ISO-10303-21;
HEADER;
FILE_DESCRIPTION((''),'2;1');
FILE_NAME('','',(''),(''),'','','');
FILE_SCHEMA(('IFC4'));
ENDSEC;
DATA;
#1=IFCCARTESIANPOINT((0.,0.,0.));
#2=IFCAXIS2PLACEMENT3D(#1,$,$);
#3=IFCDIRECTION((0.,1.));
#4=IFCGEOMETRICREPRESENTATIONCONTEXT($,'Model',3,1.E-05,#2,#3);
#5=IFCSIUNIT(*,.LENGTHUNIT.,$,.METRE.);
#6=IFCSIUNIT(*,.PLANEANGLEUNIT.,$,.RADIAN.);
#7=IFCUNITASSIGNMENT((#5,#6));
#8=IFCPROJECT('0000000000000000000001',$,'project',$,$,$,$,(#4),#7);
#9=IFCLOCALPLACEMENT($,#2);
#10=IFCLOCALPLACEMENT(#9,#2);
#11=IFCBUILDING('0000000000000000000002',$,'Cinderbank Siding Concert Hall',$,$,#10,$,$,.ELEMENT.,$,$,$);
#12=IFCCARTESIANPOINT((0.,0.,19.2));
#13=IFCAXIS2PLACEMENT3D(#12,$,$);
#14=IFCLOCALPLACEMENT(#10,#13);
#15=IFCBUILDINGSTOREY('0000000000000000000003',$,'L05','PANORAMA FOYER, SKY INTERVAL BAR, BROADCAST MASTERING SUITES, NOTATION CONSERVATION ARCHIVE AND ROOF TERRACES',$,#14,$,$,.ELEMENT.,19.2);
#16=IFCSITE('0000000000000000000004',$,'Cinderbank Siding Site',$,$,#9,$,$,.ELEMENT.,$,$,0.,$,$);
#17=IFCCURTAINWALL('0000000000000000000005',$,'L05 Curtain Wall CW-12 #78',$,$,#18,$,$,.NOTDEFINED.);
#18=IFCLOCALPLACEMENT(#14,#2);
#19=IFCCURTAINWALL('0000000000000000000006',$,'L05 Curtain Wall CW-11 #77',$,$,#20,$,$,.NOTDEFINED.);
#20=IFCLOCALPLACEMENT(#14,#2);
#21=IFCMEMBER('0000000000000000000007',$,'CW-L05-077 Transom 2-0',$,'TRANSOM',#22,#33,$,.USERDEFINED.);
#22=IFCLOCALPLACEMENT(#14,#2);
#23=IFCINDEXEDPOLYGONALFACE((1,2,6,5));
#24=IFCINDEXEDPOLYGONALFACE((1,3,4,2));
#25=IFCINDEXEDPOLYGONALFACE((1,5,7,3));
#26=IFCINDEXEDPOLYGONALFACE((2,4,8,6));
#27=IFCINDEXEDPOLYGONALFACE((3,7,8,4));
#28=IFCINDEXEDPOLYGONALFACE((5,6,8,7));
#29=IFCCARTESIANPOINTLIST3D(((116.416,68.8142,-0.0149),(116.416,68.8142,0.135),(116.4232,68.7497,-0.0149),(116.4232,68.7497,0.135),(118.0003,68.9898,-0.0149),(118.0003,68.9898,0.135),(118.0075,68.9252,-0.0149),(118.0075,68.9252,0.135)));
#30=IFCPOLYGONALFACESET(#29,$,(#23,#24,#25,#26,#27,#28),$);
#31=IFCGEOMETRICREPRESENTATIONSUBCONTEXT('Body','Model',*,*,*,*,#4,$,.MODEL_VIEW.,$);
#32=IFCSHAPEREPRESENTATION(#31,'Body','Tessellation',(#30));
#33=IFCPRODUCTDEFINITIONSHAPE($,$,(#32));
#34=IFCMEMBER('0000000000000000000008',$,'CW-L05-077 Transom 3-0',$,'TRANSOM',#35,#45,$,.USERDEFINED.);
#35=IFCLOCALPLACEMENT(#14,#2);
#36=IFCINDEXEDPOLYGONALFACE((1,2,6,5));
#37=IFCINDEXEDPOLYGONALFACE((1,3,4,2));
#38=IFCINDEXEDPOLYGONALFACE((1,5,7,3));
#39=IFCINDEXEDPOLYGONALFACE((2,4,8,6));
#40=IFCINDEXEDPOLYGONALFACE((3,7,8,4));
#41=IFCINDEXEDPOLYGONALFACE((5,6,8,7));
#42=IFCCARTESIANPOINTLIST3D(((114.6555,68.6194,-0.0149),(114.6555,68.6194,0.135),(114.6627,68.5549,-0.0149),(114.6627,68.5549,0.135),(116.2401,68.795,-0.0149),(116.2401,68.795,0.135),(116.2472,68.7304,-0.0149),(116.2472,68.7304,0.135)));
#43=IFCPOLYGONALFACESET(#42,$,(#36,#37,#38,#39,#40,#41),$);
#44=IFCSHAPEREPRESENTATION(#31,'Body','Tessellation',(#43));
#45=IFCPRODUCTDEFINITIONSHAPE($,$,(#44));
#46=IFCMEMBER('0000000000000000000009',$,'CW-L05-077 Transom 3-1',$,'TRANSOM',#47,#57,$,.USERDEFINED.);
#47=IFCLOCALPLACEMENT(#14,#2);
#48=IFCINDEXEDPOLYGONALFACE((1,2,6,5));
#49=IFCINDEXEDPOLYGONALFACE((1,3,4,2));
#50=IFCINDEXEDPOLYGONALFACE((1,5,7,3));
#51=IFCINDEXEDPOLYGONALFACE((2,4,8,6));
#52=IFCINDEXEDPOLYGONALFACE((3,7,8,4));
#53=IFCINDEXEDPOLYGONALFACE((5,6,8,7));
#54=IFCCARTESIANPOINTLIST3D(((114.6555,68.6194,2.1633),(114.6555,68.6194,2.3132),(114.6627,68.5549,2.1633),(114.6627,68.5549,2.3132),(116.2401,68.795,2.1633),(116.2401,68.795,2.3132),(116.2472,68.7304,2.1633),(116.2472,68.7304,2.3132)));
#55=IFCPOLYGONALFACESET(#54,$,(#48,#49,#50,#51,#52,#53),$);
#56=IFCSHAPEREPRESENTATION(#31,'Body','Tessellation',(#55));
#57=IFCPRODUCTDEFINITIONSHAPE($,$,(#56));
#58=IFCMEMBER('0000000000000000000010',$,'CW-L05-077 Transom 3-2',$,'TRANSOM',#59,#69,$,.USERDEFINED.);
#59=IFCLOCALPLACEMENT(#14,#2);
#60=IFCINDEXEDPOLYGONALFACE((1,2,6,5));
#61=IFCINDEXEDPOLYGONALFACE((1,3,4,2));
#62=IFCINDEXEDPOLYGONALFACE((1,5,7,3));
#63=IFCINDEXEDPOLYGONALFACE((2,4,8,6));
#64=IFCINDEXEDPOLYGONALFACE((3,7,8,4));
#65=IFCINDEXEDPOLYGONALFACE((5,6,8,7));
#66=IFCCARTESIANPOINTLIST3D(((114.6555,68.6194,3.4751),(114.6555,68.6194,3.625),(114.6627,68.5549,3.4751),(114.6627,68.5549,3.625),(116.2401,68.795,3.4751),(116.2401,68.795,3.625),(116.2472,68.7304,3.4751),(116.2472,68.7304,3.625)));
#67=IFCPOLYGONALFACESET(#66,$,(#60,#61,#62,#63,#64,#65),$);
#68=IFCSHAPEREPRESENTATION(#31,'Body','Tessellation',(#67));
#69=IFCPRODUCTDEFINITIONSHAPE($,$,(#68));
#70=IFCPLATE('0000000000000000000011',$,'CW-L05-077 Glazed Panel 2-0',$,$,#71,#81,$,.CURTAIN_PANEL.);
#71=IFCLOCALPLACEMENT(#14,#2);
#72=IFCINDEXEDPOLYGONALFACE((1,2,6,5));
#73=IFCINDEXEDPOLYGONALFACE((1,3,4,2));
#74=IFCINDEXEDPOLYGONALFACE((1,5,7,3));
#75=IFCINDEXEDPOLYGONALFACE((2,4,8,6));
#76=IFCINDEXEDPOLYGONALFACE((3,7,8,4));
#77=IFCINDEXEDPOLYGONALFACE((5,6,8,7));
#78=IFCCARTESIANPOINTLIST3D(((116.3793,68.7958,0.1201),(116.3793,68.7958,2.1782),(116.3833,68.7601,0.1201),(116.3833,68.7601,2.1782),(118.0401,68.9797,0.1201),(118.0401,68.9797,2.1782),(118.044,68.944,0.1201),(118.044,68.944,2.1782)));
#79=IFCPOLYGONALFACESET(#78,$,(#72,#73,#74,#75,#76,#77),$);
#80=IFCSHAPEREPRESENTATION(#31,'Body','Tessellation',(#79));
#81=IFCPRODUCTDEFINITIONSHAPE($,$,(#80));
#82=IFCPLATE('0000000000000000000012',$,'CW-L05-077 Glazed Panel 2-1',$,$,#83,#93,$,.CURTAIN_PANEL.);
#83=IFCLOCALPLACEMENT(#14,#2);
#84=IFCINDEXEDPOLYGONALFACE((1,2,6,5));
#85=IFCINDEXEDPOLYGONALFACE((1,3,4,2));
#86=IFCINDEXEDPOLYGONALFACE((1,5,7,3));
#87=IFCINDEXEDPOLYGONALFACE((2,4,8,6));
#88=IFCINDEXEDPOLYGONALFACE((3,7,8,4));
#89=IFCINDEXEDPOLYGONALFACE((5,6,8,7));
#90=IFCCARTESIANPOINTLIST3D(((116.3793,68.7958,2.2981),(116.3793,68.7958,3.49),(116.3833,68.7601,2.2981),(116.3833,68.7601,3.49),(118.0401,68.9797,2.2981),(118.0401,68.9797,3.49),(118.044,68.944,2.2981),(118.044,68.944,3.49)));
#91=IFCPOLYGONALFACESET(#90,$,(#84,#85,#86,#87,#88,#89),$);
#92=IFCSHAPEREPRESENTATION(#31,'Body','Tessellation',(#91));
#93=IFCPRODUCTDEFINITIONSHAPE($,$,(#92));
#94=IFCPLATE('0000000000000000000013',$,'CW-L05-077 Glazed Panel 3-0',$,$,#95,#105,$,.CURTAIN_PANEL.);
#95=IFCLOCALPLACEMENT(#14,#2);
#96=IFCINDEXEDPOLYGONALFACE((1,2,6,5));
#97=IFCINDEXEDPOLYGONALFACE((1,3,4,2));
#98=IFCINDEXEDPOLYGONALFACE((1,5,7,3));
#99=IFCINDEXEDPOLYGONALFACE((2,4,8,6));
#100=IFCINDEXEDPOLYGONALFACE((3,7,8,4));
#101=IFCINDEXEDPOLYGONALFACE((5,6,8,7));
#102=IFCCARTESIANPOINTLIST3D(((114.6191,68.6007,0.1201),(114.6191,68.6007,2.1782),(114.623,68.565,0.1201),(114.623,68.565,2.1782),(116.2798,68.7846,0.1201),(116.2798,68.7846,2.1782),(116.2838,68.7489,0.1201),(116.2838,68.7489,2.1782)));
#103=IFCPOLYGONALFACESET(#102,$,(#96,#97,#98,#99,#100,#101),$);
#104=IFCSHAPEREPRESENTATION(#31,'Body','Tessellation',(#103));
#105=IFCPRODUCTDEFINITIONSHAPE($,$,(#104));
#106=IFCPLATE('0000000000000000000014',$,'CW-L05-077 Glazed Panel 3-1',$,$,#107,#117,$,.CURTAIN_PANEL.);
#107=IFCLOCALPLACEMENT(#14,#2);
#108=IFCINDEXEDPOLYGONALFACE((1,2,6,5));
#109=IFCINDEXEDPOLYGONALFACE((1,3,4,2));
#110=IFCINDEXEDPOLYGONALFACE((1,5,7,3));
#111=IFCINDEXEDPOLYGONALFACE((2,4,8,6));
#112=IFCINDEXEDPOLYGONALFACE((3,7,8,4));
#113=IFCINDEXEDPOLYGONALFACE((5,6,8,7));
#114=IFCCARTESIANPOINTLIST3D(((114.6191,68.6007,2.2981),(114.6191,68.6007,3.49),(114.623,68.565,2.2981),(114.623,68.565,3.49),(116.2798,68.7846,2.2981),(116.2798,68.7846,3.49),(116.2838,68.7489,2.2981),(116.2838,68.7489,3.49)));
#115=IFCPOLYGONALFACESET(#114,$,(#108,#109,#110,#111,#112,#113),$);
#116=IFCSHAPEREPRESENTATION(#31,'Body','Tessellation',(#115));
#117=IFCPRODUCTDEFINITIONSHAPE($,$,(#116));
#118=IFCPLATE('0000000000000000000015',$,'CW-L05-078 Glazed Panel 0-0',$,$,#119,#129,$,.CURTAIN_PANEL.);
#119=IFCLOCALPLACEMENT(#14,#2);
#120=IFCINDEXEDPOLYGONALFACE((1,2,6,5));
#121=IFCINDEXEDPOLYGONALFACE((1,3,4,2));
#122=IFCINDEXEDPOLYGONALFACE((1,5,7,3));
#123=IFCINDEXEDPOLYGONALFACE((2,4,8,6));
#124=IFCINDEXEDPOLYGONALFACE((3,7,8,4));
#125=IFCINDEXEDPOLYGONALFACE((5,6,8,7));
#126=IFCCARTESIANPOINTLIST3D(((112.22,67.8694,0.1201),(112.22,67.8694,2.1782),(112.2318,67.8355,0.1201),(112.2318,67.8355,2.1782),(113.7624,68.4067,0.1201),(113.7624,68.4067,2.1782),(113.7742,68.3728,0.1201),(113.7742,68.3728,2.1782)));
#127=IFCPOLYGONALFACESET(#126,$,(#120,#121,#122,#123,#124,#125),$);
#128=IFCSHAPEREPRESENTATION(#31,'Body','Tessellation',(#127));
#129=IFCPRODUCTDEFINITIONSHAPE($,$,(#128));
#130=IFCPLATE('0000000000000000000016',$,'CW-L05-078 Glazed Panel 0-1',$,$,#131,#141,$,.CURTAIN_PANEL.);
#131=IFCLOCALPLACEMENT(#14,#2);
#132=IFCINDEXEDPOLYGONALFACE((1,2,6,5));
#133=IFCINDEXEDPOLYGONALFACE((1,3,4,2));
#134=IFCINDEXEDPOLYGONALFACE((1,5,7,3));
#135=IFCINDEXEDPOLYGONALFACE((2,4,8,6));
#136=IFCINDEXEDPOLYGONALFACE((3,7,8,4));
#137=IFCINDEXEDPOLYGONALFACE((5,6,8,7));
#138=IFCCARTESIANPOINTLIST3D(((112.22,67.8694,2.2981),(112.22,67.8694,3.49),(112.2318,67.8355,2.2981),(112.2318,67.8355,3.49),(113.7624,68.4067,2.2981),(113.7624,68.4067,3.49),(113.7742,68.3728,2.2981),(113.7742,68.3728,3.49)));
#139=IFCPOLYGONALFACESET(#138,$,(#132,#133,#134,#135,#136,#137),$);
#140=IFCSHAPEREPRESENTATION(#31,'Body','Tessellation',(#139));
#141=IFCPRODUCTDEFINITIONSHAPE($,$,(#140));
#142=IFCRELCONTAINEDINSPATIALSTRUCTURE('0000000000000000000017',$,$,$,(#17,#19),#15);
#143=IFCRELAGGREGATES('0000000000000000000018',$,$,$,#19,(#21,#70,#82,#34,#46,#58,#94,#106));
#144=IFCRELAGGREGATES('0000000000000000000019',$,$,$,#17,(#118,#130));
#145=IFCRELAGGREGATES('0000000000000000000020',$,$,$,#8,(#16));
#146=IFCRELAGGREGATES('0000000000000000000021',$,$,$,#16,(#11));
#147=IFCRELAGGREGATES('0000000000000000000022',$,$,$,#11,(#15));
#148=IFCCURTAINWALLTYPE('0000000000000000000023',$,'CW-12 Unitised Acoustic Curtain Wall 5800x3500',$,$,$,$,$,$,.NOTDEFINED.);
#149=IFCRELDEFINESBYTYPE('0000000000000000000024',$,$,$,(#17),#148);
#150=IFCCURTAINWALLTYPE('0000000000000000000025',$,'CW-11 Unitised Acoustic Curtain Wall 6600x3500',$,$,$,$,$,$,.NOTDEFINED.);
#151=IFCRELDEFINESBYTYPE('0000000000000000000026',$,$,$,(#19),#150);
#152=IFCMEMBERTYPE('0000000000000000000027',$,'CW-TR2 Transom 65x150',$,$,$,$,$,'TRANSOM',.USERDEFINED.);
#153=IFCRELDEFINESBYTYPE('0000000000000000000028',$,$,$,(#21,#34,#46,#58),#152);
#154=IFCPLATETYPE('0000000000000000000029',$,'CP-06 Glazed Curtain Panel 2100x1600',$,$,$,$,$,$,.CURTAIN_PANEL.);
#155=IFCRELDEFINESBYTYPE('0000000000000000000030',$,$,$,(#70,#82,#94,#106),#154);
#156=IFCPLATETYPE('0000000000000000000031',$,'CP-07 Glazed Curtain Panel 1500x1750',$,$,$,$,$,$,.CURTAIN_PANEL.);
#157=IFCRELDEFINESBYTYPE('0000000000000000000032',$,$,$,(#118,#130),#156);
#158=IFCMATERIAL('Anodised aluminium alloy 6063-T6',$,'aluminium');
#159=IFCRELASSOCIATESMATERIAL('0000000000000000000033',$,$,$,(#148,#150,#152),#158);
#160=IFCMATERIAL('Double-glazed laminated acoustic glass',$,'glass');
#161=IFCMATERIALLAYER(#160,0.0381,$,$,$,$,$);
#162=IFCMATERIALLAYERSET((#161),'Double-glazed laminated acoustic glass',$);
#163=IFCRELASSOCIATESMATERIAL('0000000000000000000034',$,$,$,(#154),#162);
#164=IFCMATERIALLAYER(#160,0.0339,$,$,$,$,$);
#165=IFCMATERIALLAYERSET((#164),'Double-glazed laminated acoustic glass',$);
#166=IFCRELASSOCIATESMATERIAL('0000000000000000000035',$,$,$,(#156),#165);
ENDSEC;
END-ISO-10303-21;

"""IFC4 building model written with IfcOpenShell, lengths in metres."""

from ifc_helpers import new_model, si_unit, direction, frame, origin, origin_2d, place, context, subcontext, project, spatial, rectangle, extrude, material, layer, layer_set, material_profile, profile_set, type_object, element, aggregate, save


model = new_model("IFC4")

# Units and contexts
model_context = context("Model", 3, precision=1e-05, world=origin(), true_north=direction((0.0, 1.0)))
body_context = subcontext(model_context, "Body", "Model", "MODEL_VIEW")
ifc_project = project(units=[si_unit("LENGTHUNIT", "METRE"), si_unit("PLANEANGLEUNIT", "RADIAN")], contexts=[model_context])

# Site, building, storey
site_placement = place(None, origin())
site = spatial("IfcSite", under=ifc_project, at=site_placement, Name="Cinderbank Siding Site", CompositionType="ELEMENT", RefElevation=0.0)
building_placement = place(site_placement, origin())
building = spatial("IfcBuilding", under=site, at=building_placement, Name="Cinderbank Siding Concert Hall", CompositionType="ELEMENT")
storey_placement = place(building_placement, frame((0.0, 0.0, 19.2)))
storey = spatial("IfcBuildingStorey", under=building, at=storey_placement, Name="L05", Description="PANORAMA FOYER, SKY INTERVAL BAR, BROADCAST MASTERING SUITES, NOTATION CONSERVATION ARCHIVE AND ROOF TERRACES", CompositionType="ELEMENT", Elevation=19.2)

# Curtain walls
ifc_material_1 = material(Name="Anodised aluminium alloy 6063-T6", Category="aluminium")
curtain_wall_type_1 = type_object("IfcCurtainWallType", Name="CW-12 Unitised Acoustic Curtain Wall 5800x3500", PredefinedType="NOTDEFINED", material=ifc_material_1)
curtain_wall_1_placement = place(storey_placement, origin())
curtain_wall_1 = element("IfcCurtainWall", 1, at=curtain_wall_1_placement, inside=storey, type_object=curtain_wall_type_1, Name="L05 Curtain Wall CW-12 #78", PredefinedType="NOTDEFINED")
curtain_wall_type_2 = type_object("IfcCurtainWallType", Name="CW-11 Unitised Acoustic Curtain Wall 6600x3500", PredefinedType="NOTDEFINED", material=ifc_material_1)
curtain_wall_2_placement = place(storey_placement, origin())
curtain_wall_2 = element("IfcCurtainWall", 2, at=curtain_wall_2_placement, inside=storey, type_object=curtain_wall_type_2, Name="L05 Curtain Wall CW-11 #77", PredefinedType="NOTDEFINED")

# Members
ifc_material_profile_1 = material_profile(ifc_material_1, rectangle(XDim=0.0649, YDim=0.1499, at=origin_2d()), Name="ALU-TRAN-65x150", Category="LoadBearing")
ifc_profile_set_1 = profile_set([ifc_material_profile_1], Name="Anodised aluminium alloy 6063-T6")
member_type_1 = type_object("IfcMemberType", Name="CW-TR2 Transom 65x150", ElementType="TRANSOM", PredefinedType="USERDEFINED", material=ifc_profile_set_1)
member_1_placement = place(storey_placement, frame((118.0039, 68.9575, 0.0601), z_axis=(-0.993917, -0.110129, 0.0), x_axis=(0.110129, -0.993917, 0.0)))
member_1 = element("IfcMember", 3, at=member_1_placement, type_object=member_type_1, Name="CW-L05-077 Transom 2-0", ObjectType="TRANSOM", PredefinedType="USERDEFINED", context=body_context, shape_type="SweptSolid", body=[
    extrude(rectangle(XDim=0.0649, YDim=0.1499, at=origin_2d()), origin(), (0.0, 0.0, 1.0), 1.594),
])
member_2_placement = place(storey_placement, frame((116.2437, 68.7627, 0.0601), z_axis=(-0.993919, -0.110112, 0.0), x_axis=(0.110112, -0.993919, 0.0)))
member_2 = element("IfcMember", 4, at=member_2_placement, type_object=member_type_1, Name="CW-L05-077 Transom 3-0", ObjectType="TRANSOM", PredefinedType="USERDEFINED", context=body_context, shape_type="SweptSolid", body=[
    extrude(rectangle(XDim=0.0649, YDim=0.1499, at=origin_2d()), origin(), (0.0, 0.0, 1.0), 1.5942),
])
member_3_placement = place(storey_placement, frame((116.2437, 68.7627, 2.2383), z_axis=(-0.993919, -0.110112, 0.0), x_axis=(0.110112, -0.993919, 0.0)))
member_3 = element("IfcMember", 5, at=member_3_placement, type_object=member_type_1, Name="CW-L05-077 Transom 3-1", ObjectType="TRANSOM", PredefinedType="USERDEFINED", context=body_context, shape_type="SweptSolid", body=[
    extrude(rectangle(XDim=0.0649, YDim=0.1499, at=origin_2d()), origin(), (0.0, 0.0, 1.0), 1.5942),
])
member_4_placement = place(storey_placement, frame((116.2437, 68.7627, 3.55), z_axis=(-0.993919, -0.110112, 0.0), x_axis=(0.110112, -0.993919, 0.0)))
member_4 = element("IfcMember", 6, at=member_4_placement, type_object=member_type_1, Name="CW-L05-077 Transom 3-2", ObjectType="TRANSOM", PredefinedType="USERDEFINED", context=body_context, shape_type="SweptSolid", body=[
    extrude(rectangle(XDim=0.0649, YDim=0.1499, at=origin_2d()), origin(), (0.0, 0.0, 1.0), 1.5942),
])

# Plates
ifc_material_2 = material(Name="Double-glazed laminated acoustic glass", Category="glass")
ifc_layer_1 = layer(ifc_material_2, 0.0381)
ifc_layer_set_1 = layer_set([ifc_layer_1], Name="Double-glazed laminated acoustic glass")
plate_type_1 = type_object("IfcPlateType", Name="CP-06 Glazed Curtain Panel 2100x1600", PredefinedType="CURTAIN_PANEL", material=ifc_layer_set_1)
plate_1_placement = place(storey_placement, frame((117.2117, 68.8699, 0.1201), z_axis=(0.0, 0.0, 1.0), x_axis=(-0.993925, -0.110057, 0.0)))
plate_1 = element("IfcPlate", 7, at=plate_1_placement, type_object=plate_type_1, Name="CW-L05-077 Glazed Panel 2-0", PredefinedType="CURTAIN_PANEL", context=body_context, shape_type="SweptSolid", body=[
    extrude(rectangle(XDim=1.6709, YDim=0.0359, at=origin_2d()), origin(), (0.0, 0.0, 1.0), 2.0581),
])
plate_2_placement = place(storey_placement, frame((117.2117, 68.8699, 2.2981), z_axis=(0.0, 0.0, 1.0), x_axis=(-0.993925, -0.110057, 0.0)))
plate_2 = element("IfcPlate", 8, at=plate_2_placement, type_object=plate_type_1, Name="CW-L05-077 Glazed Panel 2-1", PredefinedType="CURTAIN_PANEL", context=body_context, shape_type="SweptSolid", body=[
    extrude(rectangle(XDim=1.6709, YDim=0.0359, at=origin_2d()), origin(), (0.0, 0.0, 1.0), 1.1919),
])
plate_3_placement = place(storey_placement, frame((115.4514, 68.6748, 0.1201), z_axis=(0.0, 0.0, 1.0), x_axis=(-0.993925, -0.110057, 0.0)))
plate_3 = element("IfcPlate", 9, at=plate_3_placement, type_object=plate_type_1, Name="CW-L05-077 Glazed Panel 3-0", PredefinedType="CURTAIN_PANEL", context=body_context, shape_type="SweptSolid", body=[
    extrude(rectangle(XDim=1.6709, YDim=0.0359, at=origin_2d()), origin(), (0.0, 0.0, 1.0), 2.0581),
])
plate_4_placement = place(storey_placement, frame((115.4514, 68.6748, 2.2981), z_axis=(0.0, 0.0, 1.0), x_axis=(-0.993925, -0.110057, 0.0)))
plate_4 = element("IfcPlate", 10, at=plate_4_placement, type_object=plate_type_1, Name="CW-L05-077 Glazed Panel 3-1", PredefinedType="CURTAIN_PANEL", context=body_context, shape_type="SweptSolid", body=[
    extrude(rectangle(XDim=1.6709, YDim=0.0359, at=origin_2d()), origin(), (0.0, 0.0, 1.0), 1.1919),
])
aggregate(curtain_wall_2, [member_1, plate_1, plate_2, member_2, member_3, member_4, plate_3, plate_4])
ifc_layer_2 = layer(ifc_material_2, 0.0339)
ifc_layer_set_2 = layer_set([ifc_layer_2], Name="Double-glazed laminated acoustic glass")
plate_type_2 = type_object("IfcPlateType", Name="CP-07 Glazed Curtain Panel 1500x1750", PredefinedType="CURTAIN_PANEL", material=ifc_layer_set_2)
plate_5_placement = place(storey_placement, frame((112.9971, 68.1211, 0.1201), z_axis=(0.0, 0.0, 1.0), x_axis=(-0.944334, -0.328988, 0.0)))
plate_5 = element("IfcPlate", 11, at=plate_5_placement, type_object=plate_type_2, Name="CW-L05-078 Glazed Panel 0-0", PredefinedType="CURTAIN_PANEL", context=body_context, shape_type="SweptSolid", body=[
    extrude(rectangle(XDim=1.6333, YDim=0.0359, at=origin_2d()), origin(), (0.0, 0.0, 1.0), 2.0581),
])
plate_6_placement = place(storey_placement, frame((112.9971, 68.1211, 2.2981), z_axis=(0.0, 0.0, 1.0), x_axis=(-0.944334, -0.328988, 0.0)))
plate_6 = element("IfcPlate", 12, at=plate_6_placement, type_object=plate_type_2, Name="CW-L05-078 Glazed Panel 0-1", PredefinedType="CURTAIN_PANEL", context=body_context, shape_type="SweptSolid", body=[
    extrude(rectangle(XDim=1.6333, YDim=0.0359, at=origin_2d()), origin(), (0.0, 0.0, 1.0), 1.1919),
])
aggregate(curtain_wall_1, [plate_5, plate_6])

save(model, "model.ifc")
